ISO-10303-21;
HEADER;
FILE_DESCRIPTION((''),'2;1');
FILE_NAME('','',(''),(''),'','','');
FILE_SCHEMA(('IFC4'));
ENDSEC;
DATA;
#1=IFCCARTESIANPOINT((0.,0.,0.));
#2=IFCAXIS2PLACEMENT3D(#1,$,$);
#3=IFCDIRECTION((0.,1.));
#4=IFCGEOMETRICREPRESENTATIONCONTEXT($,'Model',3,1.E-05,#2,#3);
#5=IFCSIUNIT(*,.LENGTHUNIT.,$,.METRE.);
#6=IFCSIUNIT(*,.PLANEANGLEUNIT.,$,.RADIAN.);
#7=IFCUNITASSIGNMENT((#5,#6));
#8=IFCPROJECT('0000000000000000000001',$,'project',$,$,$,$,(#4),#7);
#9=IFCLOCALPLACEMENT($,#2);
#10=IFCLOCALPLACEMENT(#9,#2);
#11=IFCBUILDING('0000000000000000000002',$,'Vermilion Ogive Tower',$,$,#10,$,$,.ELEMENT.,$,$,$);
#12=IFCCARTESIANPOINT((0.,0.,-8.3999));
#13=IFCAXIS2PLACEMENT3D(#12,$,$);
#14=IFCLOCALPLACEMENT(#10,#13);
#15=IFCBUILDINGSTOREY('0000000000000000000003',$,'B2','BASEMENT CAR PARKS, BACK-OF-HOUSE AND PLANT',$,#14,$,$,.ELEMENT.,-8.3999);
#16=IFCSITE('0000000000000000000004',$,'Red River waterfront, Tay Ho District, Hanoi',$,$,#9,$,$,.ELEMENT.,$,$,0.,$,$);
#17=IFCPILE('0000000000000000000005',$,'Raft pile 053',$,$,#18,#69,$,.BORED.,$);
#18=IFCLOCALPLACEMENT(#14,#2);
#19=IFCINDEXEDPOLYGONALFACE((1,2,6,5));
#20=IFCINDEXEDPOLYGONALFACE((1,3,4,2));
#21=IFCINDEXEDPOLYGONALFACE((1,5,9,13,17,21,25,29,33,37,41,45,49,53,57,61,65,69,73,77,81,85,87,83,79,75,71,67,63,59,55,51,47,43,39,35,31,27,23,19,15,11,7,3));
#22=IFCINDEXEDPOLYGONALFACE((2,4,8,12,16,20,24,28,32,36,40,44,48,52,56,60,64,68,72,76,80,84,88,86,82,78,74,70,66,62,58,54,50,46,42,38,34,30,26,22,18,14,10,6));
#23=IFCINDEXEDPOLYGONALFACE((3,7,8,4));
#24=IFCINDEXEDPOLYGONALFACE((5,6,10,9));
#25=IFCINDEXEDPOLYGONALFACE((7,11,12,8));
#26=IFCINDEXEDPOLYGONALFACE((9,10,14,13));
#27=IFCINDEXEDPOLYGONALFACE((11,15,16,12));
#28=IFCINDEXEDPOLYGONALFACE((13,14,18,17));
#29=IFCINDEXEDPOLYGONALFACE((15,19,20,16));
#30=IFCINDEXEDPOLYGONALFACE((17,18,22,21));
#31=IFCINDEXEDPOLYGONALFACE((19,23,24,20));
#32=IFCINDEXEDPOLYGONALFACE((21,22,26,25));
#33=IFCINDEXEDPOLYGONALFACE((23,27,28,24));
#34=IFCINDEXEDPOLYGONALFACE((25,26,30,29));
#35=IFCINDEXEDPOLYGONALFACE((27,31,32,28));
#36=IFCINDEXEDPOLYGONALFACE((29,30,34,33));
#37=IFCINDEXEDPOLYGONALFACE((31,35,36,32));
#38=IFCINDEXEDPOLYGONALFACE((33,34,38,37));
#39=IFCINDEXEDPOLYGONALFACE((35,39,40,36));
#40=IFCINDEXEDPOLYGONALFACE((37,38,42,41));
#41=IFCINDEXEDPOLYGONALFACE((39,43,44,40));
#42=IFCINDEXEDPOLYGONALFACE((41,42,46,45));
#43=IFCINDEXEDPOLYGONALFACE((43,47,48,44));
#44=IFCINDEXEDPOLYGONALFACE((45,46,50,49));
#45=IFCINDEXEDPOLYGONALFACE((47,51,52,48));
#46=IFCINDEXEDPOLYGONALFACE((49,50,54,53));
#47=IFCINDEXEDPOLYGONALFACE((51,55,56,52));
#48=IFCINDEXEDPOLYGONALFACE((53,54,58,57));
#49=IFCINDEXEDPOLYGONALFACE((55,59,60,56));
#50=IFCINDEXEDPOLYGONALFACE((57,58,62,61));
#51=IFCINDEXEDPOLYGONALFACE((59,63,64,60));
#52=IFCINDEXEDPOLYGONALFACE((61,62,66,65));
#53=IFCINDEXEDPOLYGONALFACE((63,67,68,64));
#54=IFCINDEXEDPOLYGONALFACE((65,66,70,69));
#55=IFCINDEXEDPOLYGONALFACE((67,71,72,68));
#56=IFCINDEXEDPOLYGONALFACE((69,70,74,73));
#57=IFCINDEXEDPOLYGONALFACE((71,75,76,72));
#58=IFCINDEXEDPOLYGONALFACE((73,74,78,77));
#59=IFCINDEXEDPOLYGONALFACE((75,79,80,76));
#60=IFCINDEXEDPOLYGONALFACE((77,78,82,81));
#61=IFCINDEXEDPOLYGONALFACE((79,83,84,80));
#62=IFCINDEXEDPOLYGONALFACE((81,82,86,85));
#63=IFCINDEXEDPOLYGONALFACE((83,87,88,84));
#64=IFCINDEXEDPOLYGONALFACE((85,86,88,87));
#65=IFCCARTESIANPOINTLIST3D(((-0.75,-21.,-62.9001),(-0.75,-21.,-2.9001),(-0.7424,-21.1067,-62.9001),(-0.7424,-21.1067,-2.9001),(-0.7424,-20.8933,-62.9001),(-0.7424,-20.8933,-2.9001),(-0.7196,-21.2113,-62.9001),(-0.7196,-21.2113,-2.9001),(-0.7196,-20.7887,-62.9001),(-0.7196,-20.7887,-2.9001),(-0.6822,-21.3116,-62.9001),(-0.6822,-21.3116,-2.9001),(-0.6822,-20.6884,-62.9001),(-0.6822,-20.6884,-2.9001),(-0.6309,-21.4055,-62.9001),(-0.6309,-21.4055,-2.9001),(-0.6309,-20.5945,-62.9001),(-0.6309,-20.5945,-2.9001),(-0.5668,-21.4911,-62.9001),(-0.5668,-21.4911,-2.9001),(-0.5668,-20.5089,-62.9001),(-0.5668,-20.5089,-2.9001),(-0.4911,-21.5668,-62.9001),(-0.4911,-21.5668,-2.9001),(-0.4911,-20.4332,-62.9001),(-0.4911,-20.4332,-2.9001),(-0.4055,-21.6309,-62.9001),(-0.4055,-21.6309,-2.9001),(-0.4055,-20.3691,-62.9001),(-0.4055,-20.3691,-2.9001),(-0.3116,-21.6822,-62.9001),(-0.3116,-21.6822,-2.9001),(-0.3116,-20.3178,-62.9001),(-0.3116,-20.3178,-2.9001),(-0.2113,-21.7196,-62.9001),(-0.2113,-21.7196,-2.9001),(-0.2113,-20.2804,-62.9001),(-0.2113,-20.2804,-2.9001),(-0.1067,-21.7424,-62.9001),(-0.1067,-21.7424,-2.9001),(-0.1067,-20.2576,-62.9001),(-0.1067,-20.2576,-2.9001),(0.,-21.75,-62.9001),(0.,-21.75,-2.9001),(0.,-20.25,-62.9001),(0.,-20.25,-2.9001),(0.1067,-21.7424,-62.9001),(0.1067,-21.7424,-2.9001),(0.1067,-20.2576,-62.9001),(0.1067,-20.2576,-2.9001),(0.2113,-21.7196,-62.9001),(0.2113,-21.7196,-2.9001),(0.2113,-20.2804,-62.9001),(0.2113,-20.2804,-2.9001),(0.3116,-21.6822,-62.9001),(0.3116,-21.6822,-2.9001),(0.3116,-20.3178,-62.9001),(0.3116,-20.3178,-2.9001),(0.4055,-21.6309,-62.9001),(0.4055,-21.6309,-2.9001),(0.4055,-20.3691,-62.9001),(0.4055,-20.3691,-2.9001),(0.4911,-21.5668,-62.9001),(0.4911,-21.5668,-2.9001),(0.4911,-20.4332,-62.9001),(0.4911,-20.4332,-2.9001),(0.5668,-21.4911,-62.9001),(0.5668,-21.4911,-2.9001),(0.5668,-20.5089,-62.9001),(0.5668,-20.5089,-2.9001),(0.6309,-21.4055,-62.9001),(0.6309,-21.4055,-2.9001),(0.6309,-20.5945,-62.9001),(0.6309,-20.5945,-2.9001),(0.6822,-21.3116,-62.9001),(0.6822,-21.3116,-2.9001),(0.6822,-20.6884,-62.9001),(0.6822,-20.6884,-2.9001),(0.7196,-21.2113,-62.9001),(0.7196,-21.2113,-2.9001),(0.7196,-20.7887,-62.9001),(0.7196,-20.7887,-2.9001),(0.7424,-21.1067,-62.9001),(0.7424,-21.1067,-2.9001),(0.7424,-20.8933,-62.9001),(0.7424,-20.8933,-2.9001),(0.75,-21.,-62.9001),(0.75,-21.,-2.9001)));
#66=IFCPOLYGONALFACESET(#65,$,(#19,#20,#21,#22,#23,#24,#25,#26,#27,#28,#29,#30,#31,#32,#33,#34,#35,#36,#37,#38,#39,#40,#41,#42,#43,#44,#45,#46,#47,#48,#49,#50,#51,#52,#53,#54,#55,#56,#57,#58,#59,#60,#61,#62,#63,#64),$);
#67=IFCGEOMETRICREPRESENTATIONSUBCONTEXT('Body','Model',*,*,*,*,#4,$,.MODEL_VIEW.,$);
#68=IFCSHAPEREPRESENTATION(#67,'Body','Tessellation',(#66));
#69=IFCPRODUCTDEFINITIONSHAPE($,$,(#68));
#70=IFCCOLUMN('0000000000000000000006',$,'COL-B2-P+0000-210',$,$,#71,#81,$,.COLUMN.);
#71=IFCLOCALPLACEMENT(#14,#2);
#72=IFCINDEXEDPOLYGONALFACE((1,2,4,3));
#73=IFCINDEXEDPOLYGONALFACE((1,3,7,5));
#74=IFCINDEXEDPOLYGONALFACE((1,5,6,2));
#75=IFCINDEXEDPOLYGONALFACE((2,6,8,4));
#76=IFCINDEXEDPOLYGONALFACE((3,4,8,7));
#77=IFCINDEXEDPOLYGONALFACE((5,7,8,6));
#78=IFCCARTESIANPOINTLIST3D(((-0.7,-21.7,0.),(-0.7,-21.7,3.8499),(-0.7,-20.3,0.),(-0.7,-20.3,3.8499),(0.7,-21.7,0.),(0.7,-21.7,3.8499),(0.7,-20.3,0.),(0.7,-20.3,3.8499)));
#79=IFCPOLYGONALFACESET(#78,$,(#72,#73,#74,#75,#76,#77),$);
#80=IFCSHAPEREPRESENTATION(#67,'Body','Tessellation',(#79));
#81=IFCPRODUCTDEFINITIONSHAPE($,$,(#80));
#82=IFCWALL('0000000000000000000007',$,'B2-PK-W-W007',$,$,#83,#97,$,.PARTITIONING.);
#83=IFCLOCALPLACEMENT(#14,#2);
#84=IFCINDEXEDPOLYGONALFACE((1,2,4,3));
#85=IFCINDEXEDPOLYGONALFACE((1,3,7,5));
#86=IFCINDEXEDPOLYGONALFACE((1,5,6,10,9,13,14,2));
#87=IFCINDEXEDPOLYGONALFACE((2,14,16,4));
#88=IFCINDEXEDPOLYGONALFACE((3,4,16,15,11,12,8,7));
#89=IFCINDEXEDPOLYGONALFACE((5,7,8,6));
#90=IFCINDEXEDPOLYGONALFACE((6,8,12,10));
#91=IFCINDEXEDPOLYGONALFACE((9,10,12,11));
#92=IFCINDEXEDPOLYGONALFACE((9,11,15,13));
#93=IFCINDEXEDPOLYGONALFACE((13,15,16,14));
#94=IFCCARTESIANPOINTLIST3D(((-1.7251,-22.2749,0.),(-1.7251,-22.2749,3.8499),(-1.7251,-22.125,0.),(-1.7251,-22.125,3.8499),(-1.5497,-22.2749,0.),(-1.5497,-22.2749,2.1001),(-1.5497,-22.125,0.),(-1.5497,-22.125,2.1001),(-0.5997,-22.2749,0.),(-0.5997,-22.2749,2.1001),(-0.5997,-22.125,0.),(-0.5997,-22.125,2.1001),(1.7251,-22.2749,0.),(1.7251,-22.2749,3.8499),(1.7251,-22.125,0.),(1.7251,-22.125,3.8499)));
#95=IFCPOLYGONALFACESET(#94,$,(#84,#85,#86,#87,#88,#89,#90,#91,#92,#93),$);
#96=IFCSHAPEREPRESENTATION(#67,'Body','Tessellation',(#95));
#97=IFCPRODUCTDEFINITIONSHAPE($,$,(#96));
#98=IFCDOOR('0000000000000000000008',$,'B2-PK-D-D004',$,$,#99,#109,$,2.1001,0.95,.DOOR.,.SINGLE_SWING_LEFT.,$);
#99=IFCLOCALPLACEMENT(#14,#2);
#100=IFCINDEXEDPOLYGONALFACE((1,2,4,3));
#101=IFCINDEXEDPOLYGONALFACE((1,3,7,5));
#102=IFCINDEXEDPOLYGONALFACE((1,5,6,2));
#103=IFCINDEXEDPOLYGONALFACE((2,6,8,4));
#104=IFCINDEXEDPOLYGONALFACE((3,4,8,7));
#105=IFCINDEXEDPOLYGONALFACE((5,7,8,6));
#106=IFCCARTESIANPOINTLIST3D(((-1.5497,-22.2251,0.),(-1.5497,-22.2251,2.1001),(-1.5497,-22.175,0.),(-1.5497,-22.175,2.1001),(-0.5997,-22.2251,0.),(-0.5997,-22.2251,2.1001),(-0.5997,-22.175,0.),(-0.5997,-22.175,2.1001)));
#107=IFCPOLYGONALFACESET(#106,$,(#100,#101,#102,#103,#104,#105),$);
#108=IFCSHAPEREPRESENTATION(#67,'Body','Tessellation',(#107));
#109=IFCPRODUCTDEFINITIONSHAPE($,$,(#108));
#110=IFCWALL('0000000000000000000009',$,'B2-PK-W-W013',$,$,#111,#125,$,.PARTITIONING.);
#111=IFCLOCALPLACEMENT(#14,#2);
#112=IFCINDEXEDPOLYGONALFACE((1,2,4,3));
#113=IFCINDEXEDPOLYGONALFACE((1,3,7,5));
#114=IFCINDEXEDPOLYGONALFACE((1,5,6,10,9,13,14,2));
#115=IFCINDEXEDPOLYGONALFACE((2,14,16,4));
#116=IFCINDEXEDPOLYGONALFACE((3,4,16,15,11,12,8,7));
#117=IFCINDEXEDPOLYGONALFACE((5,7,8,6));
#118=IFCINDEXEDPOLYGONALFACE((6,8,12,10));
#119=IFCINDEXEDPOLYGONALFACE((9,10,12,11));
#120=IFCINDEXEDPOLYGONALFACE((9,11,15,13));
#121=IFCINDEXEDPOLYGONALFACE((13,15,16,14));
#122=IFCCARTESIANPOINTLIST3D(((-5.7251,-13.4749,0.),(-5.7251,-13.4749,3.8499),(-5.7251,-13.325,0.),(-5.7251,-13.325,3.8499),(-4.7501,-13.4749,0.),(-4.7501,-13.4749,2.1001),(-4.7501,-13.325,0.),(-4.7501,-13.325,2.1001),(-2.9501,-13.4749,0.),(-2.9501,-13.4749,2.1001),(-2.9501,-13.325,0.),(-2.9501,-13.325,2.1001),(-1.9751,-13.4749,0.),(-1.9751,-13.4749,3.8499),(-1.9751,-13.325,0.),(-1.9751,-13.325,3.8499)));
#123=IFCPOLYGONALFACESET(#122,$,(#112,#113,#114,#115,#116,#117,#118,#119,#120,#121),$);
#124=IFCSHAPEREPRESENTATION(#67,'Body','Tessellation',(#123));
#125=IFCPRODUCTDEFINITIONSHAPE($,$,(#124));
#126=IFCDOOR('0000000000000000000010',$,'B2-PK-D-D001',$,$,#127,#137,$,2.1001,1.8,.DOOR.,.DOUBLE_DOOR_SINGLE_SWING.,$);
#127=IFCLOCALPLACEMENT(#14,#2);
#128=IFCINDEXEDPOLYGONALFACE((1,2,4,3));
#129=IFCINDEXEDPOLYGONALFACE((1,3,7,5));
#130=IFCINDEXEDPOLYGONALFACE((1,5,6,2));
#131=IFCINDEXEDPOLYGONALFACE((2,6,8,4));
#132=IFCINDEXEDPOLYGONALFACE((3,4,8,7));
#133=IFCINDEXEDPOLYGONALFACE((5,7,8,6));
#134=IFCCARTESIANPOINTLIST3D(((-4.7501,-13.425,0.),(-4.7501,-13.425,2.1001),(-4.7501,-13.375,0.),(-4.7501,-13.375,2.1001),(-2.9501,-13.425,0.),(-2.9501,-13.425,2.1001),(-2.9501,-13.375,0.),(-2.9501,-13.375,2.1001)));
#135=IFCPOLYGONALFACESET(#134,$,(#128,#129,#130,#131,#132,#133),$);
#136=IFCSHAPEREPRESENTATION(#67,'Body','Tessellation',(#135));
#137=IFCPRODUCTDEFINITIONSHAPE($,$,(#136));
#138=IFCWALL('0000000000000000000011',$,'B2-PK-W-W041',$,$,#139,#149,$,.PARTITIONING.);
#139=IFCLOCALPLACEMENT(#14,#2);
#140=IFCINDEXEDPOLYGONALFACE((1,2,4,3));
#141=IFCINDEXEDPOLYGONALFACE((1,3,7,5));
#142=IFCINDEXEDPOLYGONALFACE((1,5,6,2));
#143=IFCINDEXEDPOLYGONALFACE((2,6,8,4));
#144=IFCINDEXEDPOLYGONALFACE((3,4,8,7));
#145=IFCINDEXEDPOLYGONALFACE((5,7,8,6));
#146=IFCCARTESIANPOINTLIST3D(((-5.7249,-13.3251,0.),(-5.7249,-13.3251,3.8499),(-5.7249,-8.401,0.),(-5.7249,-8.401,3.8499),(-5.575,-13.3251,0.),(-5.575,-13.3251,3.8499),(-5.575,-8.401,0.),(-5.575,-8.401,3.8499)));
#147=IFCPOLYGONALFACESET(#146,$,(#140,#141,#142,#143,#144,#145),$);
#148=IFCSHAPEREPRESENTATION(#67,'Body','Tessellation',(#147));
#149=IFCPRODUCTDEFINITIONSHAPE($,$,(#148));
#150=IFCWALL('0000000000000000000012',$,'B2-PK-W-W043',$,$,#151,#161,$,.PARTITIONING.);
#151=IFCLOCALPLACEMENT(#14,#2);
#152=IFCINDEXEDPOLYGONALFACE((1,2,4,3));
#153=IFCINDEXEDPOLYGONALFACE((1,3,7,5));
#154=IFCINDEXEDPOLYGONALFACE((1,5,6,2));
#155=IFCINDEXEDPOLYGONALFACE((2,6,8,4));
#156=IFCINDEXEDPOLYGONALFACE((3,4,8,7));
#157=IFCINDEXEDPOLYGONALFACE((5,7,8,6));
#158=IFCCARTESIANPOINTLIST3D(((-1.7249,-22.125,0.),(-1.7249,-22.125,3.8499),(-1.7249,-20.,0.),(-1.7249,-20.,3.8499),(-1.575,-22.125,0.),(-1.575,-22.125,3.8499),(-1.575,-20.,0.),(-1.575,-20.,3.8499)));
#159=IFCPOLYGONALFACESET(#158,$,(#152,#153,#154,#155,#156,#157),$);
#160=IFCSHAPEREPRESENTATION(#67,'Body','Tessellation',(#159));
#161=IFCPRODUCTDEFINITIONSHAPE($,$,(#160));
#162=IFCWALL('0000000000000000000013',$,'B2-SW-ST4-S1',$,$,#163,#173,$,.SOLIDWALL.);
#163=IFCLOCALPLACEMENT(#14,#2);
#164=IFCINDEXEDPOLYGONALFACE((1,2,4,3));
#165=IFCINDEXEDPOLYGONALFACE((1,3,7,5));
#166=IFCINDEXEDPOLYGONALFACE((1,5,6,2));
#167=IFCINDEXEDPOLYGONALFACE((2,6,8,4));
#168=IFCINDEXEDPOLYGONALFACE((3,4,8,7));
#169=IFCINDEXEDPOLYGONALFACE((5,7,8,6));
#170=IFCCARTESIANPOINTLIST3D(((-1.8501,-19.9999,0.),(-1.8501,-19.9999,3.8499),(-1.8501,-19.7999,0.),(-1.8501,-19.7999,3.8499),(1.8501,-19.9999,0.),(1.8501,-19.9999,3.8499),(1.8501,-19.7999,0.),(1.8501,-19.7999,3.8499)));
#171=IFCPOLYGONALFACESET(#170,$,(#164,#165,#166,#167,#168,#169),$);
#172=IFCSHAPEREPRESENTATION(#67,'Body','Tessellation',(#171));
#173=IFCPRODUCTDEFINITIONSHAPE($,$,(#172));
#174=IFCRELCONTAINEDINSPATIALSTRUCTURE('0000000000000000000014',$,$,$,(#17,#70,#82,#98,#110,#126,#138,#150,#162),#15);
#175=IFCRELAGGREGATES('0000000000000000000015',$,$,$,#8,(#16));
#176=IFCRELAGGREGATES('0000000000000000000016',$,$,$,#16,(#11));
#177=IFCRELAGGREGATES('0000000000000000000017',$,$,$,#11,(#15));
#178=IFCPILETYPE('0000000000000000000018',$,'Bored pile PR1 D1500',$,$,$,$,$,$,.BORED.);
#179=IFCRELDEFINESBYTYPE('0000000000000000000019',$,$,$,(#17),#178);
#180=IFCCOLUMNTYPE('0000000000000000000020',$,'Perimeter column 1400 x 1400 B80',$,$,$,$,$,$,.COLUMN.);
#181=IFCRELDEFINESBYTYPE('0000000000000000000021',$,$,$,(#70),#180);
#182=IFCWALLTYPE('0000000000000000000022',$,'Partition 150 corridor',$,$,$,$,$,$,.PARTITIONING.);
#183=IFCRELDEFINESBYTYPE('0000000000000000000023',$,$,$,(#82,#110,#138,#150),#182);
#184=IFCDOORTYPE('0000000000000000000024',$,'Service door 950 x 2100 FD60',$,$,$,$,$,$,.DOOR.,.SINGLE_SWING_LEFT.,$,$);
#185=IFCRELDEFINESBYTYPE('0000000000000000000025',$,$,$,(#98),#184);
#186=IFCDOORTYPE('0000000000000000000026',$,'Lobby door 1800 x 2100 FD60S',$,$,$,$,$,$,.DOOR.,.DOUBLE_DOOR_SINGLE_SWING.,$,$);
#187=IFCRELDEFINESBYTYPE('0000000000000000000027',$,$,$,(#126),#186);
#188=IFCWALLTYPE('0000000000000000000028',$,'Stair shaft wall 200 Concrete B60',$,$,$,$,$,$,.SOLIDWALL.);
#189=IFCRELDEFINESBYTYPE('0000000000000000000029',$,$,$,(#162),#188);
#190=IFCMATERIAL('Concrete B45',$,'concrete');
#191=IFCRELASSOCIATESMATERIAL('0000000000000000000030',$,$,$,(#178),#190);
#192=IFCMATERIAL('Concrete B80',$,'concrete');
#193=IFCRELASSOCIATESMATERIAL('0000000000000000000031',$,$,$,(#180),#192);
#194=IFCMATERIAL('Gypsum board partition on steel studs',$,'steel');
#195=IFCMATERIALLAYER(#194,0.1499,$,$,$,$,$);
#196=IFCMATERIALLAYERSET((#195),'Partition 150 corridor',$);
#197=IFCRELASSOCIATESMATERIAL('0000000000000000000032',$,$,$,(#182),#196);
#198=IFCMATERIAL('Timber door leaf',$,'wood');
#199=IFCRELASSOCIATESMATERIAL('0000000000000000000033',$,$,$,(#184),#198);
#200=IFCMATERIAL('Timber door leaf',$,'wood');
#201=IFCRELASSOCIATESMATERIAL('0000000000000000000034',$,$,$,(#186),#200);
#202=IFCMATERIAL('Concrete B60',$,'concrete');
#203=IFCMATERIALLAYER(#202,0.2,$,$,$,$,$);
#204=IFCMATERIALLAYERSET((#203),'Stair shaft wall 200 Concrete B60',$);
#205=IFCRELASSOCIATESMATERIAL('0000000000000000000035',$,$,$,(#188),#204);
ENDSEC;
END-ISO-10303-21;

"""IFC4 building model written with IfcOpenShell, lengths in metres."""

from ifc_helpers import new_model, si_unit, direction, frame, frame_2d, origin, origin_2d, place, context, subcontext, project, spatial, rectangle, circle, extrude, material, layer, layer_set, material_profile, profile_set, type_object, element, fill, save


model = new_model("IFC4")

# Units and contexts
model_context = context("Model", 3, precision=1e-05, world=origin(), true_north=direction((0.0, 1.0)))
body_context = subcontext(model_context, "Body", "Model", "MODEL_VIEW")
ifc_project = project(units=[si_unit("LENGTHUNIT", "METRE"), si_unit("PLANEANGLEUNIT", "RADIAN")], contexts=[model_context])

# Site, building, storey
site_placement = place(None, origin())
site = spatial("IfcSite", under=ifc_project, at=site_placement, Name="Red River waterfront, Tay Ho District, Hanoi", CompositionType="ELEMENT", RefElevation=0.0)
building_placement = place(site_placement, origin())
building = spatial("IfcBuilding", under=site, at=building_placement, Name="Vermilion Ogive Tower", CompositionType="ELEMENT")
storey_placement = place(building_placement, frame((0.0, 0.0, -8.3999)))
storey = spatial("IfcBuildingStorey", under=building, at=storey_placement, Name="B2", Description="BASEMENT CAR PARKS, BACK-OF-HOUSE AND PLANT", CompositionType="ELEMENT", Elevation=-8.3999)

# Pile
ifc_material_1 = material(Name="Concrete B45", Category="concrete")
pile_type_1 = type_object("IfcPileType", Name="Bored pile PR1 D1500", PredefinedType="BORED", material=ifc_material_1)
for number, where, z_axis, x_axis, name in (
    (1, (0.0, -21.0, -2.9001), (0.0, 0.0, -1.0), (1.0, 0.0, 0.0), "Raft pile 053"),
):
    element("IfcPile", number, at=place(storey_placement, frame(where, z_axis=z_axis, x_axis=x_axis)), inside=storey, type_object=pile_type_1, Name=name, PredefinedType="BORED", context=body_context, shape_type="SweptSolid", body=[
        extrude(circle(Radius=0.75, at=origin_2d()), origin(), (0.0, 0.0, 1.0), 60.0),
    ])

# Column
ifc_material_2 = material(Name="Concrete B80", Category="concrete")
ifc_material_profile = material_profile(ifc_material_2, rectangle(XDim=1.3999, YDim=1.3999, at=origin_2d()), Name="1400 x 1400")
ifc_profile_set = profile_set([ifc_material_profile], Name="Concrete B80")
column_type = type_object("IfcColumnType", Name="Perimeter column 1400 x 1400 B80", PredefinedType="COLUMN", material=ifc_profile_set)
column_placement = place(storey_placement, frame((0.0, -21.0, 0.0), z_axis=(0.0, 0.0, 1.0), x_axis=(1.0, 0.0, 0.0)))
element("IfcColumn", 2, at=column_placement, inside=storey, type_object=column_type, Name="COL-B2-P+0000-210", PredefinedType="COLUMN", context=body_context, shape_type="SweptSolid", body=[
    extrude(rectangle(XDim=1.3999, YDim=1.3999, at=origin_2d()), origin(), (0.0, 0.0, 1.0), 3.8499),
])

# Walls, openings, doors
ifc_material_3 = material(Name="Gypsum board partition on steel studs", Category="steel")
ifc_layer_1 = layer(ifc_material_3, 0.1499)
ifc_layer_set_1 = layer_set([ifc_layer_1], Name="Partition 150 corridor")
wall_type_1 = type_object("IfcWallType", Name="Partition 150 corridor", PredefinedType="PARTITIONING", material=ifc_layer_set_1)
wall_1_placement = place(storey_placement, frame((-1.7251, -22.2, 0.0), z_axis=(0.0, 0.0, 1.0), x_axis=(1.0, 0.0, 0.0)))
wall_1 = element("IfcWall", 3, at=wall_1_placement, inside=storey, type_object=wall_type_1, Name="B2-PK-W-W007", PredefinedType="PARTITIONING", context=body_context, shape_type="SweptSolid", body=[
    extrude(rectangle(XDim=3.4502, YDim=0.1499, at=frame_2d((1.7251, 0.0))), origin(), (0.0, 0.0, 1.0), 3.8499),
])
opening_1_placement = place(wall_1_placement, frame((0.1753, 0.0, 0.0)))
opening_1 = element("IfcOpeningElement", 4, at=opening_1_placement, cuts=wall_1, PredefinedType="OPENING", context=body_context, shape_type="SweptSolid", body=[
    extrude(rectangle(XDim=0.95, YDim=2.1001, at=frame_2d((0.4751, 1.05))), frame((0.0, 0.085, 0.0), z_axis=(0.0, -1.0, 0.0), x_axis=(1.0, 0.0, 0.0)), (0.0, 0.0, 1.0), 0.1699),
])
ifc_material_4 = material(Name="Timber door leaf", Category="wood")
door_type_1 = type_object("IfcDoorType", Name="Service door 950 x 2100 FD60", OperationType="SINGLE_SWING_LEFT", PredefinedType="DOOR", material=ifc_material_4)
door_1_placement = place(opening_1_placement, origin())
door_1 = element("IfcDoor", 5, at=door_1_placement, inside=storey, type_object=door_type_1, Name="B2-PK-D-D004", OperationType="SINGLE_SWING_LEFT", OverallHeight=2.1001, OverallWidth=0.95, PredefinedType="DOOR", context=body_context, shape_type="SweptSolid", body=[
    extrude(rectangle(XDim=0.95, YDim=2.1001, at=frame_2d((0.4751, 1.05))), frame((0.0, 0.0249, 0.0), z_axis=(0.0, -1.0, 0.0), x_axis=(1.0, 0.0, 0.0)), (0.0, 0.0, 1.0), 0.05),
])
fill(opening_1, door_1)
wall_2_placement = place(storey_placement, frame((-5.7251, -13.3999, 0.0), z_axis=(0.0, 0.0, 1.0), x_axis=(1.0, 0.0, 0.0)))
wall_2 = element("IfcWall", 6, at=wall_2_placement, inside=storey, type_object=wall_type_1, Name="B2-PK-W-W013", PredefinedType="PARTITIONING", context=body_context, shape_type="SweptSolid", body=[
    extrude(rectangle(XDim=3.75, YDim=0.1499, at=frame_2d((1.875, 0.0))), origin(), (0.0, 0.0, 1.0), 3.8499),
])
opening_2_placement = place(wall_2_placement, frame((0.9751, 0.0, 0.0)))
opening_2 = element("IfcOpeningElement", 7, at=opening_2_placement, cuts=wall_2, PredefinedType="OPENING", context=body_context, shape_type="SweptSolid", body=[
    extrude(rectangle(XDim=1.8, YDim=2.1001, at=frame_2d((0.8999, 1.05))), frame((0.0, 0.085, 0.0), z_axis=(0.0, -1.0, 0.0), x_axis=(1.0, 0.0, 0.0)), (0.0, 0.0, 1.0), 0.1699),
])
ifc_material_5 = material(Name="Timber door leaf", Category="wood")
door_type_2 = type_object("IfcDoorType", Name="Lobby door 1800 x 2100 FD60S", OperationType="DOUBLE_DOOR_SINGLE_SWING", PredefinedType="DOOR", material=ifc_material_5)
door_2_placement = place(opening_2_placement, origin())
door_2 = element("IfcDoor", 8, at=door_2_placement, inside=storey, type_object=door_type_2, Name="B2-PK-D-D001", OperationType="DOUBLE_DOOR_SINGLE_SWING", OverallHeight=2.1001, OverallWidth=1.8, PredefinedType="DOOR", context=body_context, shape_type="SweptSolid", body=[
    extrude(rectangle(XDim=1.8, YDim=2.1001, at=frame_2d((0.8999, 1.05))), frame((0.0, 0.0249, 0.0), z_axis=(0.0, -1.0, 0.0), x_axis=(1.0, 0.0, 0.0)), (0.0, 0.0, 1.0), 0.05),
])
fill(opening_2, door_2)

# Walls
wall_3_placement = place(storey_placement, frame((-5.6499, -13.325, 0.0), z_axis=(0.0, 0.0, 1.0), x_axis=(0.0, 1.0, 0.0)))
element("IfcWall", 9, at=wall_3_placement, inside=storey, type_object=wall_type_1, Name="B2-PK-W-W041", PredefinedType="PARTITIONING", context=body_context, shape_type="SweptSolid", body=[
    extrude(rectangle(XDim=4.9241, YDim=0.1499, at=frame_2d((2.4619, 0.0))), origin(), (0.0, 0.0, 1.0), 3.8499),
])
wall_4_placement = place(storey_placement, frame((-1.6499, -22.125, 0.0), z_axis=(0.0, 0.0, 1.0), x_axis=(0.0, 1.0, 0.0)))
element("IfcWall", 10, at=wall_4_placement, inside=storey, type_object=wall_type_1, Name="B2-PK-W-W043", PredefinedType="PARTITIONING", context=body_context, shape_type="SweptSolid", body=[
    extrude(rectangle(XDim=2.125, YDim=0.1499, at=frame_2d((1.0625, 0.0))), origin(), (0.0, 0.0, 1.0), 3.8499),
])
ifc_material_6 = material(Name="Concrete B60", Category="concrete")
ifc_layer_2 = layer(ifc_material_6, 0.2)
ifc_layer_set_2 = layer_set([ifc_layer_2], Name="Stair shaft wall 200 Concrete B60")
wall_type_2 = type_object("IfcWallType", Name="Stair shaft wall 200 Concrete B60", PredefinedType="SOLIDWALL", material=ifc_layer_set_2)
wall_5_placement = place(storey_placement, frame((-1.8501, -19.8999, 0.0), z_axis=(0.0, 0.0, 1.0), x_axis=(1.0, 0.0, 0.0)))
element("IfcWall", 11, at=wall_5_placement, inside=storey, type_object=wall_type_2, Name="B2-SW-ST4-S1", PredefinedType="SOLIDWALL", context=body_context, shape_type="SweptSolid", body=[
    extrude(rectangle(XDim=3.7002, YDim=0.2, at=frame_2d((1.8501, 0.0))), origin(), (0.0, 0.0, 1.0), 3.8499),
])

save(model, "model.ifc")
